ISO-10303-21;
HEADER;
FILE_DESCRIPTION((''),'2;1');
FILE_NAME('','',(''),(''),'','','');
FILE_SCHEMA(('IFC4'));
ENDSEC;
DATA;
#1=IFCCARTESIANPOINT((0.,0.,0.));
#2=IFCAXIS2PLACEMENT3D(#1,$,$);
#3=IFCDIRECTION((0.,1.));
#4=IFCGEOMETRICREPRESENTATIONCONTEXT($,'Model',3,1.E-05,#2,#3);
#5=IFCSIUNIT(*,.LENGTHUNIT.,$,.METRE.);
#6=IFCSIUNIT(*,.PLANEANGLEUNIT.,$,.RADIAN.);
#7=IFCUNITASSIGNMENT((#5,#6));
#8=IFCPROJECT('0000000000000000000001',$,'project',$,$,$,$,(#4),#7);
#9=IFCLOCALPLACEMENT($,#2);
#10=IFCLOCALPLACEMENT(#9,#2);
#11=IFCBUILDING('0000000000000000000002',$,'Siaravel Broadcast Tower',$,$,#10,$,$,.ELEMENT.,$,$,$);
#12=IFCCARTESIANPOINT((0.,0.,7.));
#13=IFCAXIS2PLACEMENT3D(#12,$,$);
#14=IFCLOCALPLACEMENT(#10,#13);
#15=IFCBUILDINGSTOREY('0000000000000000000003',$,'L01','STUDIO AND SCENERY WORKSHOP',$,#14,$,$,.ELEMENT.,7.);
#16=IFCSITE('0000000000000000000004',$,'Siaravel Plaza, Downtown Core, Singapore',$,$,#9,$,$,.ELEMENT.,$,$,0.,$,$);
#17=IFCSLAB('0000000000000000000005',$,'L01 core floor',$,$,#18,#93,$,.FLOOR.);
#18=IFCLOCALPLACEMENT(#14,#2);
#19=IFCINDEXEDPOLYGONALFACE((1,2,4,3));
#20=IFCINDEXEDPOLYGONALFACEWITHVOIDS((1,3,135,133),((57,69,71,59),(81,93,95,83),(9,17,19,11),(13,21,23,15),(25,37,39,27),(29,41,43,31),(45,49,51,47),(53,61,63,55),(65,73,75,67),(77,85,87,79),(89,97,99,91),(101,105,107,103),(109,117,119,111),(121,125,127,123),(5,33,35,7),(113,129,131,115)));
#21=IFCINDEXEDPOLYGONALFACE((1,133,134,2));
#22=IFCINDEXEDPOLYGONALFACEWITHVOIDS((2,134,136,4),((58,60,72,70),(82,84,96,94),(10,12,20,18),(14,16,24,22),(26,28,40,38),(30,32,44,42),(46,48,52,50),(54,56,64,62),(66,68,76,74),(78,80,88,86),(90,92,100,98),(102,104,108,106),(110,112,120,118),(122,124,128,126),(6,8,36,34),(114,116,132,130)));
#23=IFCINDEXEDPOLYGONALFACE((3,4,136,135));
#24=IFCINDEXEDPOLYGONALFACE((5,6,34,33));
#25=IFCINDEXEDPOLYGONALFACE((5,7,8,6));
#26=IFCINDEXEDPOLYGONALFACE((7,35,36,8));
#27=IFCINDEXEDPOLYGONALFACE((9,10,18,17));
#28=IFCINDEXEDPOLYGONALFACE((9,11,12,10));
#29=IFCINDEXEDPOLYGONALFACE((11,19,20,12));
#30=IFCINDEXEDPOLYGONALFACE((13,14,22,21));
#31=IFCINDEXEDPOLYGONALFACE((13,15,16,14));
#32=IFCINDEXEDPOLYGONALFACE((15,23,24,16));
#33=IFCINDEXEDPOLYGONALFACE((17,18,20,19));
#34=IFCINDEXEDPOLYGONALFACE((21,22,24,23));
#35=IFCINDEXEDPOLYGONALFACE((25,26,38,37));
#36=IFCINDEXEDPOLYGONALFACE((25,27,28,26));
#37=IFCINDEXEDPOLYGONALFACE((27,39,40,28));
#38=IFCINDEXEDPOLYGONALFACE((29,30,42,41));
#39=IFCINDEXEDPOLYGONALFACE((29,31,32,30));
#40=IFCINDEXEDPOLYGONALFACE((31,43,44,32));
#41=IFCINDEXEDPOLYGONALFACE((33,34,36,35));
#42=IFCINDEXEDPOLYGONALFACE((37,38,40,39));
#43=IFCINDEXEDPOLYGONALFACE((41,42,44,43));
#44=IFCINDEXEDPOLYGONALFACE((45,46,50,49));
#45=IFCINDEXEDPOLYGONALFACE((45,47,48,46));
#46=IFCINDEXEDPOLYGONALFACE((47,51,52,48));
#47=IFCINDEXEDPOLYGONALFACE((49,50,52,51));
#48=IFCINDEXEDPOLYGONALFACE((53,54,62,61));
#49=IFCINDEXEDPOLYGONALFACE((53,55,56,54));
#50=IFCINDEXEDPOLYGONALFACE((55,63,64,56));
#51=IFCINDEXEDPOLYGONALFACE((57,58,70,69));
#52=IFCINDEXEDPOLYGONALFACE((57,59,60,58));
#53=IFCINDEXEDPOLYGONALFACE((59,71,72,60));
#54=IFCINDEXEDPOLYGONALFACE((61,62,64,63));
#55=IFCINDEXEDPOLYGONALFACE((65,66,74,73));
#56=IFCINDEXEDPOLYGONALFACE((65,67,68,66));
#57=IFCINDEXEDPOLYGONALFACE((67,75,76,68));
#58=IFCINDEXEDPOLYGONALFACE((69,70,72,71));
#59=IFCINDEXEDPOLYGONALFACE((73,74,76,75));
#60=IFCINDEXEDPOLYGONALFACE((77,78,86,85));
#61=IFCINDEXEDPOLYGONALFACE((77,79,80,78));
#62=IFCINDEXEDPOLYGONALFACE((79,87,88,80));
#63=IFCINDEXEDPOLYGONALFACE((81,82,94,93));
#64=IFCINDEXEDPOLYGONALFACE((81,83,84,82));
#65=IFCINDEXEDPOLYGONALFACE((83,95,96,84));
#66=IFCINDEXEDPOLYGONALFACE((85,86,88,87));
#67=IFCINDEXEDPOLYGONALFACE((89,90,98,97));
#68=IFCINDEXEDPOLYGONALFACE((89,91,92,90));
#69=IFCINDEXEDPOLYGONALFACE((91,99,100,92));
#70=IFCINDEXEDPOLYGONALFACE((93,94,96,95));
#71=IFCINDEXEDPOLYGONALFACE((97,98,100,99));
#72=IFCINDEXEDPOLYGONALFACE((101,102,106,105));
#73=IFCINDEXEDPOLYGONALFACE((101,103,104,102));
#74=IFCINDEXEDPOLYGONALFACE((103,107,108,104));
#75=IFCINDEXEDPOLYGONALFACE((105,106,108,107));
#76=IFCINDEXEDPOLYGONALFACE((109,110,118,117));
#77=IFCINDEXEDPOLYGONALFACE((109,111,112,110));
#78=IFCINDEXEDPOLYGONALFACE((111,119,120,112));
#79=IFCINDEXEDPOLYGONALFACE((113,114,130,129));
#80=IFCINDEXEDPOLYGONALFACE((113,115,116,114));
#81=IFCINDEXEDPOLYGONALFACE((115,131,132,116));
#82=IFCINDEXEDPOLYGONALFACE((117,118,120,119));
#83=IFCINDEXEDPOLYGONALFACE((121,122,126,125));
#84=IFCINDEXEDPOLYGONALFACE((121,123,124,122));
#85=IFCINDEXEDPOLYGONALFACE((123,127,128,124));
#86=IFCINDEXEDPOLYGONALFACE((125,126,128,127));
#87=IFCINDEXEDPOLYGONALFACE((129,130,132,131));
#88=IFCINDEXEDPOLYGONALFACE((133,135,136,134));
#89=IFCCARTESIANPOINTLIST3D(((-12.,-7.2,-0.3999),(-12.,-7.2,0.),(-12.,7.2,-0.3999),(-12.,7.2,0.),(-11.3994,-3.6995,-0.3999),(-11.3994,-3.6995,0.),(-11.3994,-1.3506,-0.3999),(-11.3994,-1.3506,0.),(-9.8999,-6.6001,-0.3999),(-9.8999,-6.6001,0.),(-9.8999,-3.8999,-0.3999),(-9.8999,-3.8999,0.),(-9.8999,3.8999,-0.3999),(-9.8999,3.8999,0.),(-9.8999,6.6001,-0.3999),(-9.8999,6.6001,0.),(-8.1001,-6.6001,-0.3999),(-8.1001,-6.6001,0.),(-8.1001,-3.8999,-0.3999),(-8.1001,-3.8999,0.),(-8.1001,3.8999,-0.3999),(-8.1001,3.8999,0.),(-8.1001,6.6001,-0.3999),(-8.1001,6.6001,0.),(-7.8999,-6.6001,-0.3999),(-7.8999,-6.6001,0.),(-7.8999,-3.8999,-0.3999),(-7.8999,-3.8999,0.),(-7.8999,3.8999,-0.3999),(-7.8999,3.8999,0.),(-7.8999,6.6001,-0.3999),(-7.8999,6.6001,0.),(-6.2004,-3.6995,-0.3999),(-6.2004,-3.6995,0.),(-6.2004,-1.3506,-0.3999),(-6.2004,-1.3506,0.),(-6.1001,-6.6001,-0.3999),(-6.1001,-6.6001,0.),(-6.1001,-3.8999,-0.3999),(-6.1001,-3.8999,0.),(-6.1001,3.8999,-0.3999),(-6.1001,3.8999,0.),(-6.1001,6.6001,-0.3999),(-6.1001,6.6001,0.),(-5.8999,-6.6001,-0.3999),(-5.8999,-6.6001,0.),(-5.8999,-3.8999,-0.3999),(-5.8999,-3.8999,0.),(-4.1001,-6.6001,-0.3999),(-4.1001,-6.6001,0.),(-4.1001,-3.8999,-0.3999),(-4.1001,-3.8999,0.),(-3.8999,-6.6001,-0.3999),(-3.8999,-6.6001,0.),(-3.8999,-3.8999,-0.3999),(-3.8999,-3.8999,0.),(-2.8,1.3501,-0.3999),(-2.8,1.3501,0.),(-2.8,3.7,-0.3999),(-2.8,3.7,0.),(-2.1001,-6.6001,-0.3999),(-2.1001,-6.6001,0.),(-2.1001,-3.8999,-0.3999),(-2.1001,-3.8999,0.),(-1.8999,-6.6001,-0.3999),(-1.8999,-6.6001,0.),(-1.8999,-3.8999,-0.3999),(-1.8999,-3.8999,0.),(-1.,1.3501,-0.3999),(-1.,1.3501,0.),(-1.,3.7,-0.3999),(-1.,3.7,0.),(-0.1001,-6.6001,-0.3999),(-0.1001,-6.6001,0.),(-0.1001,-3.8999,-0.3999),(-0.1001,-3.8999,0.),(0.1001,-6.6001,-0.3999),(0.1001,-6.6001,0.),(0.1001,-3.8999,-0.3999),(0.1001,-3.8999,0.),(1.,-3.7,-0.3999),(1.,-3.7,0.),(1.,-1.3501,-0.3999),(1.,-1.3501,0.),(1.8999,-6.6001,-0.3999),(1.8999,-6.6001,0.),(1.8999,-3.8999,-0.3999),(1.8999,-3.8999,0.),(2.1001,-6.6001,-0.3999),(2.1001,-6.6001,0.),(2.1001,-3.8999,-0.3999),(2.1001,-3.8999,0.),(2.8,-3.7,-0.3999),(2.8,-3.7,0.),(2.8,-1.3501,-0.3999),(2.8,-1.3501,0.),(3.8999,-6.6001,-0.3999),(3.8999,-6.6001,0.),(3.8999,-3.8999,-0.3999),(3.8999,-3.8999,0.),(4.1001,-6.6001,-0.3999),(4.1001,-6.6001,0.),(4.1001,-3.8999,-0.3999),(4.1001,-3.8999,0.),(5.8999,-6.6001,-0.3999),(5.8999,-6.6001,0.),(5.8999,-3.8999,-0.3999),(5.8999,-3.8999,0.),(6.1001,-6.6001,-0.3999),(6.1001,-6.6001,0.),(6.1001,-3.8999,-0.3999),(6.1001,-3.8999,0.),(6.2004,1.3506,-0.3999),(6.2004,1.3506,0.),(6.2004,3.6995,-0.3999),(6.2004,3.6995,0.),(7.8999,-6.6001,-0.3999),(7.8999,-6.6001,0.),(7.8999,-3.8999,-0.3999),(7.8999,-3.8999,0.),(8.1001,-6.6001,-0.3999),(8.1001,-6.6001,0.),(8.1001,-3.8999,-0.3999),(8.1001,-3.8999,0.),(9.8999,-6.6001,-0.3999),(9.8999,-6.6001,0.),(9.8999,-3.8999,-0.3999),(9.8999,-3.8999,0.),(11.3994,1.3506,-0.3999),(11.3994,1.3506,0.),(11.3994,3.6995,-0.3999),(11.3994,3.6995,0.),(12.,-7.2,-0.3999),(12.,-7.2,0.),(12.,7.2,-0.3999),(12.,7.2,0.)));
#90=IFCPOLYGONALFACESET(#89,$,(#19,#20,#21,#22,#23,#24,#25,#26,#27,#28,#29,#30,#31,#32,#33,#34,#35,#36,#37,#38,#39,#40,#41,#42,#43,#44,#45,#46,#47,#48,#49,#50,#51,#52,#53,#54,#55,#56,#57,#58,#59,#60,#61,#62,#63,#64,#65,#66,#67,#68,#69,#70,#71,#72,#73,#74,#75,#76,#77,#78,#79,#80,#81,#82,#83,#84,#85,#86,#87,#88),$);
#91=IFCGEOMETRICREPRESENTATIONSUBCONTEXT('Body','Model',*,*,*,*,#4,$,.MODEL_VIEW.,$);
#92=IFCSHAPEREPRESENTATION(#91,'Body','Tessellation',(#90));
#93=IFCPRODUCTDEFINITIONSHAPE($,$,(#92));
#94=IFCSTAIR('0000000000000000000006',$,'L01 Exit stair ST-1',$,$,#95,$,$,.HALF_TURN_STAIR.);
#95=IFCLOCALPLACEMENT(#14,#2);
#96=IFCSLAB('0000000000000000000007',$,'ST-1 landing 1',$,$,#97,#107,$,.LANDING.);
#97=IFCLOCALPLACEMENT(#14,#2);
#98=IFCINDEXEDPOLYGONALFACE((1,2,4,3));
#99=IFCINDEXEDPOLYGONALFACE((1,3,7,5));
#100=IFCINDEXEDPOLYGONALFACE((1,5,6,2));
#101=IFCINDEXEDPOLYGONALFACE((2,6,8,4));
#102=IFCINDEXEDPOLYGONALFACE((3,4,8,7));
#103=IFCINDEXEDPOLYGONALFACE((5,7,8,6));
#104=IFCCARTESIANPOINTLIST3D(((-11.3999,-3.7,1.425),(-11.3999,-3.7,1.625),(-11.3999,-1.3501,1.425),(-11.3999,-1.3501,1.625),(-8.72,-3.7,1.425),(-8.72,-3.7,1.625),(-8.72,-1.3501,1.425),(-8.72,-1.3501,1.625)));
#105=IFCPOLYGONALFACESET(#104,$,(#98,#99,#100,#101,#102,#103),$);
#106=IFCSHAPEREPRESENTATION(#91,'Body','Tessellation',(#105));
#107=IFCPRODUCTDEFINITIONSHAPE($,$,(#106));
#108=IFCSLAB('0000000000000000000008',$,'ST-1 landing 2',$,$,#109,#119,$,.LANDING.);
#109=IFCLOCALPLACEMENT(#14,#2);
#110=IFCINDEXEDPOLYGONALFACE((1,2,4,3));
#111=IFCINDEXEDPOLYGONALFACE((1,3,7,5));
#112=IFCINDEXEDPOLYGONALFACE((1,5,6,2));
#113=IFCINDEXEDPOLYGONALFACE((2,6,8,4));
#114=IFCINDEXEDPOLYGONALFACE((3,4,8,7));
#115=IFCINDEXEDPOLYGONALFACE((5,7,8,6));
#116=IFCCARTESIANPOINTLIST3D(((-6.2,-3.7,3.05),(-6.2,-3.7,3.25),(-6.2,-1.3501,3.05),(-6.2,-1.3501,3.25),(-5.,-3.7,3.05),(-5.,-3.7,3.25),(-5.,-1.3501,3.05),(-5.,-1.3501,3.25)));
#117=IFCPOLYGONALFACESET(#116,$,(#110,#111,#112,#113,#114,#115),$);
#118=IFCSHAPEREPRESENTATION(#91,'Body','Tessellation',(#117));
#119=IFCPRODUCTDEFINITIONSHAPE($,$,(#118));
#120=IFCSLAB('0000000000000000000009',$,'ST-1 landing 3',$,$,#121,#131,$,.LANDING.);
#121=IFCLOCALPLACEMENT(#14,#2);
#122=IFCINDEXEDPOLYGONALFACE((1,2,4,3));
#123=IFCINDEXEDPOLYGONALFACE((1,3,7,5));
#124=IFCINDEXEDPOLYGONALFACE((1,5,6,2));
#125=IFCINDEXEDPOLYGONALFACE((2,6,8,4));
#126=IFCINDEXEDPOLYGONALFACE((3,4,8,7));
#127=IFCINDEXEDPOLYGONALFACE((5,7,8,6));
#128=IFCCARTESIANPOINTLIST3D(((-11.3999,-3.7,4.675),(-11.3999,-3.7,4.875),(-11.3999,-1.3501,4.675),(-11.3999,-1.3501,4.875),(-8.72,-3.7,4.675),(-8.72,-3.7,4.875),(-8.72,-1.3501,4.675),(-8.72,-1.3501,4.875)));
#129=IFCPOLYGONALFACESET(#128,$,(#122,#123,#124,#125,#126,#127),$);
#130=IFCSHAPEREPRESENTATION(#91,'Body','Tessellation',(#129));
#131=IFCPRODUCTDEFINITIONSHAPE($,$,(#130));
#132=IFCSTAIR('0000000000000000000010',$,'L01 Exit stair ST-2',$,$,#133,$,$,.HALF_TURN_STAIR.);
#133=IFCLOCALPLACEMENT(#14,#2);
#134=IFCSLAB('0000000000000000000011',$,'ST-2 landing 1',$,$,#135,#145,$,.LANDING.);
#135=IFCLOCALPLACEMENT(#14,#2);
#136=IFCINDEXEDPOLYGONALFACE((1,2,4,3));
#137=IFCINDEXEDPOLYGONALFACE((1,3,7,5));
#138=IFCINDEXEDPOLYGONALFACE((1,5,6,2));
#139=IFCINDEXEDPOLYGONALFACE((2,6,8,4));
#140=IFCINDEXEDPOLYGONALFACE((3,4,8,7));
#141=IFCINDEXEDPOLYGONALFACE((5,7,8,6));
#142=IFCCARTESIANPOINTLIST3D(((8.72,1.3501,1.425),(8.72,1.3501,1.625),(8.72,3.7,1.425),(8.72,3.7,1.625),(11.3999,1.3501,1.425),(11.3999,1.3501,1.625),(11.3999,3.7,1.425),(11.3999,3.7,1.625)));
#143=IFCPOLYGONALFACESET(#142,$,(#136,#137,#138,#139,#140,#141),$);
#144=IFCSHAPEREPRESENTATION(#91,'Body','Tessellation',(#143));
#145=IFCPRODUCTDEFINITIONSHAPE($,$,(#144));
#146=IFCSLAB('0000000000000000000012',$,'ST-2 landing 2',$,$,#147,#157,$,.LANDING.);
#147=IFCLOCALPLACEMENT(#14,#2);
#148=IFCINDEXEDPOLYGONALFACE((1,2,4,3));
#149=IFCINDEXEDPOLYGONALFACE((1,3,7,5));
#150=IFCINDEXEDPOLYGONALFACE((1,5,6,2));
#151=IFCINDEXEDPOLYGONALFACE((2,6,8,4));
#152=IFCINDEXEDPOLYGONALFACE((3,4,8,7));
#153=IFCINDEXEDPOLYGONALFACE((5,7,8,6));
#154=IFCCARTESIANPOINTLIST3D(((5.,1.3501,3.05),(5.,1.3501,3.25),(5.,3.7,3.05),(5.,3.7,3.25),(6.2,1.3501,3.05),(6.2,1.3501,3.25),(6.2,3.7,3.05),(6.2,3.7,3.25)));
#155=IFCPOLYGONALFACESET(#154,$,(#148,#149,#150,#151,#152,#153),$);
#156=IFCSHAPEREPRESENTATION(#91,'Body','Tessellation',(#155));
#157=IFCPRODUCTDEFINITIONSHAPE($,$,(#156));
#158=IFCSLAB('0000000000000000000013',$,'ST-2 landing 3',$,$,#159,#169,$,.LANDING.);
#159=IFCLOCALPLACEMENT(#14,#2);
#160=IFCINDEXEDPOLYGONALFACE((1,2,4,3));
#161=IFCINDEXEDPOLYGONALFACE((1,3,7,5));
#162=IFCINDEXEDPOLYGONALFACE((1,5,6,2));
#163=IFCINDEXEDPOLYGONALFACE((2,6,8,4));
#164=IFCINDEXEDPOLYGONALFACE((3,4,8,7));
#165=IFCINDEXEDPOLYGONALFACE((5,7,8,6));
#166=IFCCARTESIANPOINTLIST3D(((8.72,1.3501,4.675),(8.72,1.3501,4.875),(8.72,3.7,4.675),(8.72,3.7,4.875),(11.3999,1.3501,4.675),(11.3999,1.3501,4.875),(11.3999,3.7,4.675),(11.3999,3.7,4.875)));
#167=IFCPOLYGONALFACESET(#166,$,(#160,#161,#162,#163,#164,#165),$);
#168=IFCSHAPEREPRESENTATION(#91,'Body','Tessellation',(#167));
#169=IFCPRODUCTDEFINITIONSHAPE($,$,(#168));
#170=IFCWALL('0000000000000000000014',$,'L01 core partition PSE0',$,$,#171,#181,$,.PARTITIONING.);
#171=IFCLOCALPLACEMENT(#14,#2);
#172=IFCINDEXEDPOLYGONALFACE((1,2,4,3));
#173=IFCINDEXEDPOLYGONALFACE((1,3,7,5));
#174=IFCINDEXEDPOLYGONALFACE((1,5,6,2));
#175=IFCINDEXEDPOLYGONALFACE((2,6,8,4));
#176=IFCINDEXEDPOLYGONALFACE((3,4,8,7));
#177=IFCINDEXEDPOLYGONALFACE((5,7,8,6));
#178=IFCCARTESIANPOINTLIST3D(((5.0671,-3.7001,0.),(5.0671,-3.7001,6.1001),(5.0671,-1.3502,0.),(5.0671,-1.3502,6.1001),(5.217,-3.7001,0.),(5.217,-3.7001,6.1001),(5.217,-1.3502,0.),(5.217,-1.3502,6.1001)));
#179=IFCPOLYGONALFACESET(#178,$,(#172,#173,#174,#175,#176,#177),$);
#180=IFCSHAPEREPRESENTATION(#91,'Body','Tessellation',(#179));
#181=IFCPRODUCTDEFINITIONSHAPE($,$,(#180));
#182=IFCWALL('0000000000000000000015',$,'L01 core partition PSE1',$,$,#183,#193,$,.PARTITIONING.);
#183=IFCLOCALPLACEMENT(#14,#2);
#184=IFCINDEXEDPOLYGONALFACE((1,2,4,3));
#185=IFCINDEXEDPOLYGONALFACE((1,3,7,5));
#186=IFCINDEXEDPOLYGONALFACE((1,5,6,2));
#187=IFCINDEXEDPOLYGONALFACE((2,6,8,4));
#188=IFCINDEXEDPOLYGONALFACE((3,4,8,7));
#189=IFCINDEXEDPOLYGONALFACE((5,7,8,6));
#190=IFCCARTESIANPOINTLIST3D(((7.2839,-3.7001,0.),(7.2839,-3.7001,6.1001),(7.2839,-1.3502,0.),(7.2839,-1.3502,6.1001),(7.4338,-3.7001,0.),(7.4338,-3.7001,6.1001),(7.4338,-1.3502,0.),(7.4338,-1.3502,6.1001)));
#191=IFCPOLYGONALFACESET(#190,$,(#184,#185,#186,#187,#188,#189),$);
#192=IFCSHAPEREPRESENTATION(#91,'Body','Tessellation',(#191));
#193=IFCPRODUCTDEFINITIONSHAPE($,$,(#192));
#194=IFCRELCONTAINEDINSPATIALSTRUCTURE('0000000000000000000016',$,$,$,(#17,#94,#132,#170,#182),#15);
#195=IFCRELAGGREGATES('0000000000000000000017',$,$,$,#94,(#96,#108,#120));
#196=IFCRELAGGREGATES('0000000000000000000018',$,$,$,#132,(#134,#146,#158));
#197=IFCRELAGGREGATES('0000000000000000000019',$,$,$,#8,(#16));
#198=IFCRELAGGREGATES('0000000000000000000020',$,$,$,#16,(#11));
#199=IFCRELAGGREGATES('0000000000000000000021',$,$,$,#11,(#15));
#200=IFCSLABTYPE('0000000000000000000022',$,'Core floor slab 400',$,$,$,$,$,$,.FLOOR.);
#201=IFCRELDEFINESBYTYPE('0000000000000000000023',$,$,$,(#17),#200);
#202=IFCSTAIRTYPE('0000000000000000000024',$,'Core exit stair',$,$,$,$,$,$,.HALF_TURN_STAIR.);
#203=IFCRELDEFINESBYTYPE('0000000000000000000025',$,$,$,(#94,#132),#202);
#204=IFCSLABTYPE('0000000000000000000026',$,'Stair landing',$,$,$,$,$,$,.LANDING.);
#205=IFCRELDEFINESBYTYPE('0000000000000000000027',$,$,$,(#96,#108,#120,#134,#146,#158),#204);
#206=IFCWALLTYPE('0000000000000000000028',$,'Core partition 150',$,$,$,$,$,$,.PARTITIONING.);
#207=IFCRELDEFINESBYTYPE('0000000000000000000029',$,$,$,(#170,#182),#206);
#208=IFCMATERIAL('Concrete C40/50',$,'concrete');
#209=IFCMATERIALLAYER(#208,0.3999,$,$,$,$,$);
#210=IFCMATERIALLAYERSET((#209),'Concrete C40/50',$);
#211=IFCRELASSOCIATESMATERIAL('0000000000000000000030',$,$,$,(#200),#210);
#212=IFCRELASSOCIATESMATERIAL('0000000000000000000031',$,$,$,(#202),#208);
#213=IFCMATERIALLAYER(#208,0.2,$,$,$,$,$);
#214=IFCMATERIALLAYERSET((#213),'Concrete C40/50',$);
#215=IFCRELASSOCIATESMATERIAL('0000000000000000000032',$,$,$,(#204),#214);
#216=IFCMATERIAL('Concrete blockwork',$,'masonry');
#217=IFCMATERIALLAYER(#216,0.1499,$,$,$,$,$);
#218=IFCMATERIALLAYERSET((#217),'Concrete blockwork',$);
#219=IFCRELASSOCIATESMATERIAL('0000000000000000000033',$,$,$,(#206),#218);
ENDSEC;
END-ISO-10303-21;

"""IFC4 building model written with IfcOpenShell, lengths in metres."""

from ifc_helpers import new_model, si_unit, direction, frame, frame_2d, origin, place, context, subcontext, project, spatial, polyline, rectangle, outline, extrude, material, layer, layer_set, type_object, element, aggregate, save


model = new_model("IFC4")

# Units and contexts
model_context = context("Model", 3, precision=1e-05, world=origin(), true_north=direction((0.0, 1.0)))
body_context = subcontext(model_context, "Body", "Model", "MODEL_VIEW")
ifc_project = project(units=[si_unit("LENGTHUNIT", "METRE"), si_unit("PLANEANGLEUNIT", "RADIAN")], contexts=[model_context])

# Site, building, storey
site_placement = place(None, origin())
site = spatial("IfcSite", under=ifc_project, at=site_placement, Name="Siaravel Plaza, Downtown Core, Singapore", CompositionType="ELEMENT", RefElevation=0.0)
building_placement = place(site_placement, origin())
building = spatial("IfcBuilding", under=site, at=building_placement, Name="Siaravel Broadcast Tower", CompositionType="ELEMENT")
storey_placement = place(building_placement, frame((0.0, 0.0, 7.0)))
storey = spatial("IfcBuildingStorey", under=building, at=storey_placement, Name="L01", Description="STUDIO AND SCENERY WORKSHOP", CompositionType="ELEMENT", Elevation=7.0)

# Slab
ifc_material_1 = material(Name="Concrete C40/50", Category="concrete")
ifc_layer_1 = layer(ifc_material_1, 0.3999)
ifc_layer_set_1 = layer_set([ifc_layer_1], Name="Concrete C40/50")
slab_type_1 = type_object("IfcSlabType", Name="Core floor slab 400", PredefinedType="FLOOR", material=ifc_layer_set_1)
slab_1_placement = place(storey_placement, frame((0.0, 0.0, -0.3999)))
element("IfcSlab", 1, at=slab_1_placement, inside=storey, type_object=slab_type_1, Name="L01 core floor", PredefinedType="FLOOR", context=body_context, shape_type="SweptSolid", body=[
    extrude(outline(polyline([(-12.0, -7.2), (-12.0, 7.2), (12.0, 7.2), (12.0, -7.2), (-12.0, -7.2)]), holes=[polyline([(11.3994, 1.3506), (11.3994, 3.6995), (6.2004, 3.6995), (6.2004, 1.3506), (11.3994, 1.3506)]), polyline([(9.8999, -3.8999), (8.1001, -3.8999), (8.1001, -6.6001), (9.8999, -6.6001), (9.8999, -3.8999)]), polyline([(7.8999, -3.8999), (6.1001, -3.8999), (6.1001, -6.6001), (7.8999, -6.6001), (7.8999, -3.8999)]), polyline([(5.8999, -3.8999), (4.1001, -3.8999), (4.1001, -6.6001), (5.8999, -6.6001), (5.8999, -3.8999)]), polyline([(3.8999, -3.8999), (2.1001, -3.8999), (2.1001, -6.6001), (3.8999, -6.6001), (3.8999, -3.8999)]), polyline([(2.8, -1.3501), (1.0, -1.3501), (1.0, -3.7), (2.8, -3.7), (2.8, -1.3501)]), polyline([(1.8999, -3.8999), (0.1001, -3.8999), (0.1001, -6.6001), (1.8999, -6.6001), (1.8999, -3.8999)]), polyline([(-0.1001, -3.8999), (-1.8999, -3.8999), (-1.8999, -6.6001), (-0.1001, -6.6001), (-0.1001, -3.8999)]), polyline([(-1.0, 3.7), (-2.8, 3.7), (-2.8, 1.3501), (-1.0, 1.3501), (-1.0, 3.7)]), polyline([(-2.1001, -3.8999), (-3.8999, -3.8999), (-3.8999, -6.6001), (-2.1001, -6.6001), (-2.1001, -3.8999)]), polyline([(-4.1001, -3.8999), (-5.8999, -3.8999), (-5.8999, -6.6001), (-4.1001, -6.6001), (-4.1001, -3.8999)]), polyline([(-6.1001, -3.8999), (-7.8999, -3.8999), (-7.8999, -6.6001), (-6.1001, -6.6001), (-6.1001, -3.8999)]), polyline([(-6.1001, 6.6001), (-7.8999, 6.6001), (-7.8999, 3.8999), (-6.1001, 3.8999), (-6.1001, 6.6001)]), polyline([(-11.3994, -1.3506), (-11.3994, -3.6995), (-6.2004, -3.6995), (-6.2004, -1.3506), (-11.3994, -1.3506)]), polyline([(-8.1001, -3.8999), (-9.8999, -3.8999), (-9.8999, -6.6001), (-8.1001, -6.6001), (-8.1001, -3.8999)]), polyline([(-8.1001, 6.6001), (-9.8999, 6.6001), (-9.8999, 3.8999), (-8.1001, 3.8999), (-8.1001, 6.6001)])]), origin(), (0.0, 0.0, 1.0), 0.3999),
])

# Stairs, slabs
stair_type = type_object("IfcStairType", Name="Core exit stair", PredefinedType="HALF_TURN_STAIR", material=ifc_material_1)
stair_1_placement = place(storey_placement, origin())
stair_1 = element("IfcStair", 2, at=stair_1_placement, inside=storey, type_object=stair_type, Name="L01 Exit stair ST-1", PredefinedType="HALF_TURN_STAIR")
ifc_layer_2 = layer(ifc_material_1, 0.2)
ifc_layer_set_2 = layer_set([ifc_layer_2], Name="Concrete C40/50")
slab_type_2 = type_object("IfcSlabType", Name="Stair landing", PredefinedType="LANDING", material=ifc_layer_set_2)
slab_2_placement = place(storey_placement, frame((0.0, 0.0, 1.425)))
slab_2 = element("IfcSlab", 3, at=slab_2_placement, type_object=slab_type_2, Name="ST-1 landing 1", PredefinedType="LANDING", context=body_context, shape_type="SweptSolid", body=[
    extrude(outline(polyline([(-8.72, -1.3501), (-11.3999, -1.3501), (-11.3999, -3.7), (-8.72, -3.7), (-8.72, -1.3501)])), origin(), (0.0, 0.0, 1.0), 0.2),
])
slab_3_placement = place(storey_placement, frame((0.0, 0.0, 3.05)))
slab_3 = element("IfcSlab", 4, at=slab_3_placement, type_object=slab_type_2, Name="ST-1 landing 2", PredefinedType="LANDING", context=body_context, shape_type="SweptSolid", body=[
    extrude(outline(polyline([(-5.0, -1.3501), (-6.2, -1.3501), (-6.2, -3.7), (-5.0, -3.7), (-5.0, -1.3501)])), origin(), (0.0, 0.0, 1.0), 0.2),
])
slab_4_placement = place(storey_placement, frame((0.0, 0.0, 4.675)))
slab_4 = element("IfcSlab", 5, at=slab_4_placement, type_object=slab_type_2, Name="ST-1 landing 3", PredefinedType="LANDING", context=body_context, shape_type="SweptSolid", body=[
    extrude(outline(polyline([(-8.72, -1.3501), (-11.3999, -1.3501), (-11.3999, -3.7), (-8.72, -3.7), (-8.72, -1.3501)])), origin(), (0.0, 0.0, 1.0), 0.2),
])
aggregate(stair_1, [slab_2, slab_3, slab_4])
stair_2_placement = place(storey_placement, origin())
stair_2 = element("IfcStair", 6, at=stair_2_placement, inside=storey, type_object=stair_type, Name="L01 Exit stair ST-2", PredefinedType="HALF_TURN_STAIR")
slab_5_placement = place(storey_placement, frame((0.0, 0.0, 1.425)))
slab_5 = element("IfcSlab", 7, at=slab_5_placement, type_object=slab_type_2, Name="ST-2 landing 1", PredefinedType="LANDING", context=body_context, shape_type="SweptSolid", body=[
    extrude(outline(polyline([(8.72, 1.3501), (11.3999, 1.3501), (11.3999, 3.7), (8.72, 3.7), (8.72, 1.3501)])), origin(), (0.0, 0.0, 1.0), 0.2),
])
slab_6_placement = place(storey_placement, frame((0.0, 0.0, 3.05)))
slab_6 = element("IfcSlab", 8, at=slab_6_placement, type_object=slab_type_2, Name="ST-2 landing 2", PredefinedType="LANDING", context=body_context, shape_type="SweptSolid", body=[
    extrude(outline(polyline([(5.0, 1.3501), (6.2, 1.3501), (6.2, 3.7), (5.0, 3.7), (5.0, 1.3501)])), origin(), (0.0, 0.0, 1.0), 0.2),
])
slab_7_placement = place(storey_placement, frame((0.0, 0.0, 4.675)))
slab_7 = element("IfcSlab", 9, at=slab_7_placement, type_object=slab_type_2, Name="ST-2 landing 3", PredefinedType="LANDING", context=body_context, shape_type="SweptSolid", body=[
    extrude(outline(polyline([(8.72, 1.3501), (11.3999, 1.3501), (11.3999, 3.7), (8.72, 3.7), (8.72, 1.3501)])), origin(), (0.0, 0.0, 1.0), 0.2),
])
aggregate(stair_2, [slab_5, slab_6, slab_7])

# Walls
ifc_material_2 = material(Name="Concrete blockwork", Category="masonry")
ifc_layer_3 = layer(ifc_material_2, 0.1499)
ifc_layer_set_3 = layer_set([ifc_layer_3], Name="Concrete blockwork")
wall_type_1 = type_object("IfcWallType", Name="Core partition 150", PredefinedType="PARTITIONING", material=ifc_layer_set_3)
for number, where, z_axis, x_axis, name in (
    (10, (5.1421, -3.7, 0.0), (0.0, 0.0, 1.0), (0.0, 1.0, 0.0), "L01 core partition PSE0"),
    (11, (7.3589, -3.7, 0.0), (0.0, 0.0, 1.0), (0.0, 1.0, 0.0), "L01 core partition PSE1"),
):
    element("IfcWall", number, at=place(storey_placement, frame(where, z_axis=z_axis, x_axis=x_axis)), inside=storey, type_object=wall_type_1, Name=name, PredefinedType="PARTITIONING", context=body_context, shape_type="SweptSolid", body=[
        extrude(rectangle(XDim=2.3499, YDim=0.1499, at=frame_2d((1.1748, 0.0))), origin(), (0.0, 0.0, 1.0), 6.1001),
    ])

save(model, "model.ifc")
